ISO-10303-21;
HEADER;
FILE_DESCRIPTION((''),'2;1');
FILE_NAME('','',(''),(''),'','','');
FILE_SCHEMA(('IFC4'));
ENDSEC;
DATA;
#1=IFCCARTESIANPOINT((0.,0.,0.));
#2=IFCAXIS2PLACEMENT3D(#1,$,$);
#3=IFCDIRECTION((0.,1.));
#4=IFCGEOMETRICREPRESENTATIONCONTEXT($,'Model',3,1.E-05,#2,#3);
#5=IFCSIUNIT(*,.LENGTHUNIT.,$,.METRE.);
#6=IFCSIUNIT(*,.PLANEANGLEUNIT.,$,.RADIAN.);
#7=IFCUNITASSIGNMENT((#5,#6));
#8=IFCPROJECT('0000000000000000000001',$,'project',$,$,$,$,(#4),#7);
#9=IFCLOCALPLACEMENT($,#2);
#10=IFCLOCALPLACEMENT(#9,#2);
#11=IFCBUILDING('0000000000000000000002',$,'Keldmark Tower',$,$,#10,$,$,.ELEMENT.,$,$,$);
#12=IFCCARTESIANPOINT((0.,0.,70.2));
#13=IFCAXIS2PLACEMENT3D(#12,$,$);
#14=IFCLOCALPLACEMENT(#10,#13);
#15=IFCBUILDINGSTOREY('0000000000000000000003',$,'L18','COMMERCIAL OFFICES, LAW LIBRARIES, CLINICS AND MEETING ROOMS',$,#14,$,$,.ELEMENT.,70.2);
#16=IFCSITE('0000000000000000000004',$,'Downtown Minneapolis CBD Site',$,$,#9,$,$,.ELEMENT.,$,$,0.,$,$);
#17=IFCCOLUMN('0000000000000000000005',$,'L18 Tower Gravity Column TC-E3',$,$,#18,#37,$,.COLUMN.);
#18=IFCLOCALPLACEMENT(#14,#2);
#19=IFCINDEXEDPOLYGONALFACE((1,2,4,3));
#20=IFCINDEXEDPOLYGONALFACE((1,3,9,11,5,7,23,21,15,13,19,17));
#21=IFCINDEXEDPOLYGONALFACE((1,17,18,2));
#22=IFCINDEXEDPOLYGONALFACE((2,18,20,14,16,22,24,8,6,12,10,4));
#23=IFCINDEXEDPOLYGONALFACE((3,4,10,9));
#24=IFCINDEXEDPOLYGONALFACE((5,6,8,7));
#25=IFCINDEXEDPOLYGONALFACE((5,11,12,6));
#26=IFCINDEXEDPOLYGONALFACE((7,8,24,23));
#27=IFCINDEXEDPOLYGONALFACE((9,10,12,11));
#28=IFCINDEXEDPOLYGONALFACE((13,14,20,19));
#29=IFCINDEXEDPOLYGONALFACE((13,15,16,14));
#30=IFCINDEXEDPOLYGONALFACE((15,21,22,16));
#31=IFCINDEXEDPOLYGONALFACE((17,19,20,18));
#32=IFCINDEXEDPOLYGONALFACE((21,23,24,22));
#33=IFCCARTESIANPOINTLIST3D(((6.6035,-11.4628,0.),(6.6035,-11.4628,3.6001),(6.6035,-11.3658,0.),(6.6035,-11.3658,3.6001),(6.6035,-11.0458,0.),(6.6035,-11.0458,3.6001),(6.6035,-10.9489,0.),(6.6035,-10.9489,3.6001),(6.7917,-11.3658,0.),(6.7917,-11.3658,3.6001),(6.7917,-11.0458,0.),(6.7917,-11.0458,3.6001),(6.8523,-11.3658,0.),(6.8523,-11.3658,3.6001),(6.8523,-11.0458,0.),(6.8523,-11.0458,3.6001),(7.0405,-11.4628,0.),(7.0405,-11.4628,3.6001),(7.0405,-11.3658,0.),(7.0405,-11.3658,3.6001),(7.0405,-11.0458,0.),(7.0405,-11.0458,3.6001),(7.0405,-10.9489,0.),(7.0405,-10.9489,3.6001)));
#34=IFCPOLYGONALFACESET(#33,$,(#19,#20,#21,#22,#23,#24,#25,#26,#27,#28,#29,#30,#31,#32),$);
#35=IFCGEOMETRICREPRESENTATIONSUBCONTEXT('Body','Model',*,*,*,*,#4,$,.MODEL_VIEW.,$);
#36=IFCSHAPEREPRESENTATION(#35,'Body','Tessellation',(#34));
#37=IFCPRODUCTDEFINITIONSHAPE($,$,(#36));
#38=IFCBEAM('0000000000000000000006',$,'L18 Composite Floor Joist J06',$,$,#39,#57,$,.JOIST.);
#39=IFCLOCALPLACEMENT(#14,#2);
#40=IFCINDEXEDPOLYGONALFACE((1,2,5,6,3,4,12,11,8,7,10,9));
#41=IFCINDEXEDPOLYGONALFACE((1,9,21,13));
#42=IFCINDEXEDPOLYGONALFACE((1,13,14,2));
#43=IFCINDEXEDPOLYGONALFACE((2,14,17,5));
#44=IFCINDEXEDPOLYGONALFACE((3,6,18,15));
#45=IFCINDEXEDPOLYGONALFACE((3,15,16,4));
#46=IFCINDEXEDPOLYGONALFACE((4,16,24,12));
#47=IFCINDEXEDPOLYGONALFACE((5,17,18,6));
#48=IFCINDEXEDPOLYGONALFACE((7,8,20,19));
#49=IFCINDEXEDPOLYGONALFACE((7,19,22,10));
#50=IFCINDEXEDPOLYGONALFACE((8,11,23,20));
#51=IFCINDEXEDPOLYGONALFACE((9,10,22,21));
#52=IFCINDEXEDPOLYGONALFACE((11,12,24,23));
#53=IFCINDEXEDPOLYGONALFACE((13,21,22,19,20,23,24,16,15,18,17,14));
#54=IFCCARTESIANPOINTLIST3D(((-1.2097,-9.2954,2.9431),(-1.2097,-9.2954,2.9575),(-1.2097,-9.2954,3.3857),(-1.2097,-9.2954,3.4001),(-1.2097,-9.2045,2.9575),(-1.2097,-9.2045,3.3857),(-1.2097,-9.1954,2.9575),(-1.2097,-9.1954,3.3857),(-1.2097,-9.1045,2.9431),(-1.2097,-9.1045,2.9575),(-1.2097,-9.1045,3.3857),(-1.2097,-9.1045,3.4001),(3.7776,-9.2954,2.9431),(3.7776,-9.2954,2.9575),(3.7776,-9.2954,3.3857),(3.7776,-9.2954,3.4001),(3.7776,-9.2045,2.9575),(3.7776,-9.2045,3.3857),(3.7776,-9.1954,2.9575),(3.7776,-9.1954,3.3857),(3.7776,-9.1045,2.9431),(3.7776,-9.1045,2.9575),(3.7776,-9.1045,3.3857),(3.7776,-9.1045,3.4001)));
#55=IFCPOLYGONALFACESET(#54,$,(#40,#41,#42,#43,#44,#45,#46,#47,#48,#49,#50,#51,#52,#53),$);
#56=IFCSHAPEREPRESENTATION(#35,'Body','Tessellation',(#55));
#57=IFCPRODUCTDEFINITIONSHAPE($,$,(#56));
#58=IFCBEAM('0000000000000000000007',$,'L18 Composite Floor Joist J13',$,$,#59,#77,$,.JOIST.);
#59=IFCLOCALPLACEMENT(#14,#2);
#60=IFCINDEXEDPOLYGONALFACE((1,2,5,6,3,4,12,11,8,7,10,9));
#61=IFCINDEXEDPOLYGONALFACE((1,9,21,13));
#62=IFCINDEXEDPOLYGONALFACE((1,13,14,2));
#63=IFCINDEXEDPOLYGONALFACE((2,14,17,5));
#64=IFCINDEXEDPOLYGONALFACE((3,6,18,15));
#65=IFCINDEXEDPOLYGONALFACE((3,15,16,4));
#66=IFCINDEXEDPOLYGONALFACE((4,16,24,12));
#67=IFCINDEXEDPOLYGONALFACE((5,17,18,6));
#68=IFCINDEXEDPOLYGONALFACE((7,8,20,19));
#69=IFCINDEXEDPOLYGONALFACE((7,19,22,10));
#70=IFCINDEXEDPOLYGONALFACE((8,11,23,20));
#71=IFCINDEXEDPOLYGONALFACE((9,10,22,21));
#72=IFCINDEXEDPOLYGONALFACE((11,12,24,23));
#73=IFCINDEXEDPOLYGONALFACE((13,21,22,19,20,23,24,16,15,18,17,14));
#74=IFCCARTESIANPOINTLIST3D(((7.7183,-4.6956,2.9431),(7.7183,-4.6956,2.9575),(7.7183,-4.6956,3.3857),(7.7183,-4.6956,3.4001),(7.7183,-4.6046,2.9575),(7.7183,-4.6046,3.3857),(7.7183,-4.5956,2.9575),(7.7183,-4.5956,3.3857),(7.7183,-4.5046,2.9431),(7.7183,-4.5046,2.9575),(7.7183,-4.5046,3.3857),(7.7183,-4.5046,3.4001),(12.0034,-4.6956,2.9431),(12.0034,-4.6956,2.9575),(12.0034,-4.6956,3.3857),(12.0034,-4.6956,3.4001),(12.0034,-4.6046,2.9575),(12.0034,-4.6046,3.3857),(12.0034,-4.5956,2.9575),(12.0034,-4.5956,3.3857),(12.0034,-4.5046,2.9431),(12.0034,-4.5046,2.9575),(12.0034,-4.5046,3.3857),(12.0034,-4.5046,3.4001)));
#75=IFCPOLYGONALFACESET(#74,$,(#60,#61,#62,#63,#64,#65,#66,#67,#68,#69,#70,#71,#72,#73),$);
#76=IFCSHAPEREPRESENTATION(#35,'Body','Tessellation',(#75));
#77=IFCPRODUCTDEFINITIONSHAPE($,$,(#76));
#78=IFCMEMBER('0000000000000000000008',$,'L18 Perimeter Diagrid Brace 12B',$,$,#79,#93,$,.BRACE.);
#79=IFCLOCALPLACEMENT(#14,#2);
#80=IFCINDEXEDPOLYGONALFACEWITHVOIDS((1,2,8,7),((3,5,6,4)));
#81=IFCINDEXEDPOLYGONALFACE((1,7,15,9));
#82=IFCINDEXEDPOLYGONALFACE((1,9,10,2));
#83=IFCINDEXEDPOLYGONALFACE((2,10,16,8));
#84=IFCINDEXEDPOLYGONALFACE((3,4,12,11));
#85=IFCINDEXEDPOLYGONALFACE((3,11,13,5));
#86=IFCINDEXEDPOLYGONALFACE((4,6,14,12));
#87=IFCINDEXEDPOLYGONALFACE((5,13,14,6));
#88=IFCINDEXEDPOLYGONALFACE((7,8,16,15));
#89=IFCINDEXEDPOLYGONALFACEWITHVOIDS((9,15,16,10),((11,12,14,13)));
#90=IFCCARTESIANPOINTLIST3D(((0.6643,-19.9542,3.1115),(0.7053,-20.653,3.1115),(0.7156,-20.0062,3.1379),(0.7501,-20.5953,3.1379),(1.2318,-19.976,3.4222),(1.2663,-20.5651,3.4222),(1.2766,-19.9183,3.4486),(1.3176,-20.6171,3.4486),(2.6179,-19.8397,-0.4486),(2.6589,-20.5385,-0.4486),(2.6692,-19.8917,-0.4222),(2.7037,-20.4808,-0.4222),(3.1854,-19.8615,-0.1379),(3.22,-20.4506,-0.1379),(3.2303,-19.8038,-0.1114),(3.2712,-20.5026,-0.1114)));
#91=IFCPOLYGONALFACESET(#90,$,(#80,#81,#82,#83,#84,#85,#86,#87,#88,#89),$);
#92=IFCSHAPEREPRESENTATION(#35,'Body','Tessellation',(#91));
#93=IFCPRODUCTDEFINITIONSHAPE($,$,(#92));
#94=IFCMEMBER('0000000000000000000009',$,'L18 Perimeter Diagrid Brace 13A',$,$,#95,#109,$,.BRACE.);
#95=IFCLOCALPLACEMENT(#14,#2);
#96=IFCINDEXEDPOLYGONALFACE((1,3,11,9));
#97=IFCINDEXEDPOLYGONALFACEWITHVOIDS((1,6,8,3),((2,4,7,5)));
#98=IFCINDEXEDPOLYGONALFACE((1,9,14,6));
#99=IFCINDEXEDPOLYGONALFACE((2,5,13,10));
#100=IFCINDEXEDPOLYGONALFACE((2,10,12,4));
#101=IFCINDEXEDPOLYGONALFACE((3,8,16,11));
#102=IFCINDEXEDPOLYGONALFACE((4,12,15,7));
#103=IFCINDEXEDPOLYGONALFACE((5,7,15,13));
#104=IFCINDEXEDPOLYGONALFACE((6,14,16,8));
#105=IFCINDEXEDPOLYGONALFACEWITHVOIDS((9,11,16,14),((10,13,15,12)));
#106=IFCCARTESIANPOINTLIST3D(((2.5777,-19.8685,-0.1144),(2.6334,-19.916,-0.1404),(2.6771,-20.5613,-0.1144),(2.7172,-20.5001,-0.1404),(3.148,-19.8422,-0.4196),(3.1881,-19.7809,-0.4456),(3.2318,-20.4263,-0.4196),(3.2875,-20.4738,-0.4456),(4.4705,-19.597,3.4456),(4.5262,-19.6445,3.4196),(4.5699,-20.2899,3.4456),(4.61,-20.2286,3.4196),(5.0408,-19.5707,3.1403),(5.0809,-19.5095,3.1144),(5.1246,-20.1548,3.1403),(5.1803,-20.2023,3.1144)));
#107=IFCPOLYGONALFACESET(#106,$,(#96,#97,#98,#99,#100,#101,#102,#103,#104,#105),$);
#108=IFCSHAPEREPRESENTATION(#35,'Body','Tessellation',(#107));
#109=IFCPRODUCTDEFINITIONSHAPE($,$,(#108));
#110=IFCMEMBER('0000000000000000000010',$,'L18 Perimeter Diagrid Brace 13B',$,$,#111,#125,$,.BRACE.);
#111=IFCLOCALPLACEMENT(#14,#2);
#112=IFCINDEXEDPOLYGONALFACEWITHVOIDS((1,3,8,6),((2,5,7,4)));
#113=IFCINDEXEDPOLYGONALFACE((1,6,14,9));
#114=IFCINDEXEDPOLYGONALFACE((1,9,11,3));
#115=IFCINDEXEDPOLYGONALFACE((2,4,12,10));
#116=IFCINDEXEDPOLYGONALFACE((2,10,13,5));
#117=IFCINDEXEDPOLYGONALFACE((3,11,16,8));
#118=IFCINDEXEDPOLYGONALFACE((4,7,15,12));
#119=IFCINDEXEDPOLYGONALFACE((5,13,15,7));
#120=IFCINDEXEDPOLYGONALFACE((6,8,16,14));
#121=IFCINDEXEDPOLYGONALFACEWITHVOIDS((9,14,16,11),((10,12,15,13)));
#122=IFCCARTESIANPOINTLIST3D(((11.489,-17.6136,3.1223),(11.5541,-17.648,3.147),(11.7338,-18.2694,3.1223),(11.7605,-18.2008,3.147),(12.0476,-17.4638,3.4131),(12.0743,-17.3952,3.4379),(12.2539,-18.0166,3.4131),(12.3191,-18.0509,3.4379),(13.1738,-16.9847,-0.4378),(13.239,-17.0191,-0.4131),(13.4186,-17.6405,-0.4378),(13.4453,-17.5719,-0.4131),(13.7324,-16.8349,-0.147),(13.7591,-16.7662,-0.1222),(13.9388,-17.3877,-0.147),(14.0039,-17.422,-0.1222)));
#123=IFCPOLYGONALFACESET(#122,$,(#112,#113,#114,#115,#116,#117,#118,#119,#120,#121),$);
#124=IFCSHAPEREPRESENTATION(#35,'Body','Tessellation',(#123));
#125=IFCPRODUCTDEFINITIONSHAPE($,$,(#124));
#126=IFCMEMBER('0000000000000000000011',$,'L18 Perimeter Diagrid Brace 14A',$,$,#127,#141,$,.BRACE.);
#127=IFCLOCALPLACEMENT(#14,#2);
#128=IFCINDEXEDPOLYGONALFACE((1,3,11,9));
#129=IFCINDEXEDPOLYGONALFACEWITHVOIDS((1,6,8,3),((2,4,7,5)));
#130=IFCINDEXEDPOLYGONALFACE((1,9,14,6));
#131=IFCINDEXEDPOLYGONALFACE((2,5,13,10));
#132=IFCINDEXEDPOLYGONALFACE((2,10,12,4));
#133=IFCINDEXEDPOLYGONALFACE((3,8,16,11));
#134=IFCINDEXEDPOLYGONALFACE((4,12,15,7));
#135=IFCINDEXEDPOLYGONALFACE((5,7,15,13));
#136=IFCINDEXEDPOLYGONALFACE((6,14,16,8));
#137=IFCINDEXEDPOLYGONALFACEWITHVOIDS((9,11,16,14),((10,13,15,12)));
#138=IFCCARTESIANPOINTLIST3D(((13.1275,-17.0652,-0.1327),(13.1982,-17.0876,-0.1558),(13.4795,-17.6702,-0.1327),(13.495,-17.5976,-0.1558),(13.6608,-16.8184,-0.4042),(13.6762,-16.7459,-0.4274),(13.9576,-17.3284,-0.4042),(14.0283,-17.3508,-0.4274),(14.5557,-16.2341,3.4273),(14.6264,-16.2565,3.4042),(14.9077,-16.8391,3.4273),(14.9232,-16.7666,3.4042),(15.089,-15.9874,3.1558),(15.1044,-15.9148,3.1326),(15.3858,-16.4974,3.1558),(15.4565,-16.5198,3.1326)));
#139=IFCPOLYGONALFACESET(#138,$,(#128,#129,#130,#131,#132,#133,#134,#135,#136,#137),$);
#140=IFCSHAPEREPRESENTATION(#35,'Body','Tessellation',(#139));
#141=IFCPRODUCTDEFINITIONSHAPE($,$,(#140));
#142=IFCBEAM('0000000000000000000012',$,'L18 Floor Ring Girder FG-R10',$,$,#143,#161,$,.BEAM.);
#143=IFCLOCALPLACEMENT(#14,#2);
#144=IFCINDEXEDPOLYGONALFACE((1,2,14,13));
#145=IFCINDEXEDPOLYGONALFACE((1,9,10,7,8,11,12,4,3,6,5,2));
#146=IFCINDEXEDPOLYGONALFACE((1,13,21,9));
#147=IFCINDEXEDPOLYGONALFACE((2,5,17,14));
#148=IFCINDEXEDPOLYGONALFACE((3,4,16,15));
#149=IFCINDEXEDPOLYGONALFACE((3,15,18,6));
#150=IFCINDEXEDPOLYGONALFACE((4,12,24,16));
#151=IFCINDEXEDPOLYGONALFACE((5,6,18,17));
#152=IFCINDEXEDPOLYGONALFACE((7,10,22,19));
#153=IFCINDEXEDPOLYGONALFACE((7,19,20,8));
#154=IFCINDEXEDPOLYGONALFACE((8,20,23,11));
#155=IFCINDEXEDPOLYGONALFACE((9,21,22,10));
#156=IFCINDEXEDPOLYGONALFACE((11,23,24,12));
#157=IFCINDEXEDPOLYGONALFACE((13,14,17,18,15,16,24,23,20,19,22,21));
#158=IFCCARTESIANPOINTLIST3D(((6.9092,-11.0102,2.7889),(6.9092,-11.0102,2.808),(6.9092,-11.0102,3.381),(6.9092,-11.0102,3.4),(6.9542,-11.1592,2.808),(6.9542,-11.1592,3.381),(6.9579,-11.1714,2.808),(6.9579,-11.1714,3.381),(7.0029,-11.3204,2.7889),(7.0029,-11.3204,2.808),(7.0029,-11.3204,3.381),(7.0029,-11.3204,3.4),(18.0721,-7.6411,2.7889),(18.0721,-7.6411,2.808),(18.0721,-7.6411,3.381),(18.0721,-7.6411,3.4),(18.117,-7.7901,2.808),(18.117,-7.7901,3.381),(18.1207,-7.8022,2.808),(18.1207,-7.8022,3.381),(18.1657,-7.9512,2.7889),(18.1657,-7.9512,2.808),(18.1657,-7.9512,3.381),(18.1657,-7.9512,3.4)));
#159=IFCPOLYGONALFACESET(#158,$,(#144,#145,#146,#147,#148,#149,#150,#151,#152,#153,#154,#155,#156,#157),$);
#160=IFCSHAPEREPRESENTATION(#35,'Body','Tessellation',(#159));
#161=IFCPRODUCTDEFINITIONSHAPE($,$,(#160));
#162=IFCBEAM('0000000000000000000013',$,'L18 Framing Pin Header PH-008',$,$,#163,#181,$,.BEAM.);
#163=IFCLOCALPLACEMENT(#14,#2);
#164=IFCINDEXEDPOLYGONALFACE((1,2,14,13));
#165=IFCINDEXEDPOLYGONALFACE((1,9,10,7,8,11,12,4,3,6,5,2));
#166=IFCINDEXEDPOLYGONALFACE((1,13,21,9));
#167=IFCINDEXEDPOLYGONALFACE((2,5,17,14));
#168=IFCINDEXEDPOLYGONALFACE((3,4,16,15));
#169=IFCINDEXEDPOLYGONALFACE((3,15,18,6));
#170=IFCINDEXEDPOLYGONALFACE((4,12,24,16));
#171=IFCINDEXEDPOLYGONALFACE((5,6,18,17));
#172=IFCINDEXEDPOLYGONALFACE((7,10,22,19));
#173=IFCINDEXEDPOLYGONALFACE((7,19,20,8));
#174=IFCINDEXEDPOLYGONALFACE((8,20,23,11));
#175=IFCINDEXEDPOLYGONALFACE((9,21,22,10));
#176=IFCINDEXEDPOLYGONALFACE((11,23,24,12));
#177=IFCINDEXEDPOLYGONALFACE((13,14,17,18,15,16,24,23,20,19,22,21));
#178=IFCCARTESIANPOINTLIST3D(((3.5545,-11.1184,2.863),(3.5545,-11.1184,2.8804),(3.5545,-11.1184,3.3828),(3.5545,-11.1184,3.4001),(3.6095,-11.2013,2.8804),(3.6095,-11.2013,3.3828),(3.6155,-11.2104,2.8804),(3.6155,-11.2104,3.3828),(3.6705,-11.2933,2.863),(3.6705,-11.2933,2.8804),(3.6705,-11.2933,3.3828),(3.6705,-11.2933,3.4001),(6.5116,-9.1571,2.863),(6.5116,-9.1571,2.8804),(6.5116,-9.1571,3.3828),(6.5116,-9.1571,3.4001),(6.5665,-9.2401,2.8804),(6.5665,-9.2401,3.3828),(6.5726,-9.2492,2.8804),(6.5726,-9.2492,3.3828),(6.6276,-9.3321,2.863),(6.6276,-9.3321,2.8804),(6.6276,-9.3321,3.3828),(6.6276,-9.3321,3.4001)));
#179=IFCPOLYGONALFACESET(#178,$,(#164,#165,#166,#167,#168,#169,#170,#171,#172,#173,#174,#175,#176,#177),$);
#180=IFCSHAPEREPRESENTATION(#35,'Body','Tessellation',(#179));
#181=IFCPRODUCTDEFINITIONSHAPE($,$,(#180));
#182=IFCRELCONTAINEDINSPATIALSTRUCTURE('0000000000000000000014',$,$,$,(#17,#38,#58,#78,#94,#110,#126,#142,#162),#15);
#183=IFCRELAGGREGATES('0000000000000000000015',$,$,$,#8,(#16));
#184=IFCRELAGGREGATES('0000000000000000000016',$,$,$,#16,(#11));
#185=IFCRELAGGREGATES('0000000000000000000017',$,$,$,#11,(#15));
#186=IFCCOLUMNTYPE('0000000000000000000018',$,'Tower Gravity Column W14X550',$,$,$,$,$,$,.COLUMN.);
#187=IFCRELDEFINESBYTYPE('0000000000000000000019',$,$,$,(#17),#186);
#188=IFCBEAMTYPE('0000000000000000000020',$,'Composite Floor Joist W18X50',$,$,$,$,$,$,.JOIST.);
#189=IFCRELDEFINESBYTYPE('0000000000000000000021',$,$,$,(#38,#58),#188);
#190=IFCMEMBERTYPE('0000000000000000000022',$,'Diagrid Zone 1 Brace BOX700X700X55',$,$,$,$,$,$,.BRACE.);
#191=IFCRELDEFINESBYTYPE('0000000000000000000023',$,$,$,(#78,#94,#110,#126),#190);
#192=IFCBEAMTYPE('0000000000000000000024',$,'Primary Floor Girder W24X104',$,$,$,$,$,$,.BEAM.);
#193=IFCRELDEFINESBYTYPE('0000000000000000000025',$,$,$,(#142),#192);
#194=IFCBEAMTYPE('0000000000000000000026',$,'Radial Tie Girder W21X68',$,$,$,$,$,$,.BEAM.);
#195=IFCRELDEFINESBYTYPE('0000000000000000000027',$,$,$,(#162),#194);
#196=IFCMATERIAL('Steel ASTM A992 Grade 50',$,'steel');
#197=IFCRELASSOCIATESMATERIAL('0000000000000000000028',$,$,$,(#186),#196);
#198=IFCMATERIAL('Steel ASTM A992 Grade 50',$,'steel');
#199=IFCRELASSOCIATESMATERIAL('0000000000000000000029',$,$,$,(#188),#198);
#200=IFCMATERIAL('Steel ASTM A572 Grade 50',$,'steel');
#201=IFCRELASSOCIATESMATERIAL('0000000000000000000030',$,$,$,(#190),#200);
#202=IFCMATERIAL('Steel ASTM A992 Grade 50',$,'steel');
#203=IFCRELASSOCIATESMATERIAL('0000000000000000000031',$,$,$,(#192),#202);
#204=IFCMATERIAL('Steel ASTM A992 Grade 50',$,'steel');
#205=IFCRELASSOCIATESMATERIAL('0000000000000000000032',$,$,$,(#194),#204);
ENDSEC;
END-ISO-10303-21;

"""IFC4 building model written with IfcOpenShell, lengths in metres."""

from ifc_helpers import new_model, si_unit, direction, frame, origin, origin_2d, place, context, subcontext, project, spatial, hollow_rectangle, i_section, extrude, material, material_profile, profile_set, type_object, element, save


model = new_model("IFC4")

# Units and contexts
model_context = context("Model", 3, precision=1e-05, world=origin(), true_north=direction((0.0, 1.0)))
body_context = subcontext(model_context, "Body", "Model", "MODEL_VIEW")
ifc_project = project(units=[si_unit("LENGTHUNIT", "METRE"), si_unit("PLANEANGLEUNIT", "RADIAN")], contexts=[model_context])

# Site, building, storey
site_placement = place(None, origin())
site = spatial("IfcSite", under=ifc_project, at=site_placement, Name="Downtown Minneapolis CBD Site", CompositionType="ELEMENT", RefElevation=0.0)
building_placement = place(site_placement, origin())
building = spatial("IfcBuilding", under=site, at=building_placement, Name="Keldmark Tower", CompositionType="ELEMENT")
storey_placement = place(building_placement, frame((0.0, 0.0, 70.2)))
storey = spatial("IfcBuildingStorey", under=building, at=storey_placement, Name="L18", Description="COMMERCIAL OFFICES, LAW LIBRARIES, CLINICS AND MEETING ROOMS", CompositionType="ELEMENT", Elevation=70.2)

# Column
ifc_material_1 = material(Name="Steel ASTM A992 Grade 50", Category="steel")
ifc_material_profile_1 = material_profile(ifc_material_1, i_section(OverallWidth=0.437, OverallDepth=0.5139, WebThickness=0.0605, FlangeThickness=0.0969, at=origin_2d()), Name="W14X550")
ifc_profile_set_1 = profile_set([ifc_material_profile_1], Name="Steel ASTM A992 Grade 50")
column_type = type_object("IfcColumnType", Name="Tower Gravity Column W14X550", PredefinedType="COLUMN", material=ifc_profile_set_1)
column_placement = place(storey_placement, frame((6.822, -11.2058, 0.0), z_axis=(0.0, 0.0, 1.0), x_axis=(1.0, 0.0, 0.0)))
element("IfcColumn", 1, at=column_placement, inside=storey, type_object=column_type, Name="L18 Tower Gravity Column TC-E3", PredefinedType="COLUMN", context=body_context, shape_type="SweptSolid", body=[
    extrude(i_section(OverallWidth=0.437, OverallDepth=0.5139, WebThickness=0.0605, FlangeThickness=0.0969, at=origin_2d()), origin(), (0.0, 0.0, 1.0), 3.6001),
])

# Beams
ifc_material_2 = material(Name="Steel ASTM A992 Grade 50", Category="steel")
ifc_material_profile_2 = material_profile(ifc_material_2, i_section(OverallWidth=0.1909, OverallDepth=0.457, WebThickness=0.009, FlangeThickness=0.0144, at=origin_2d()), Name="W18X50")
ifc_profile_set_2 = profile_set([ifc_material_profile_2], Name="Steel ASTM A992 Grade 50")
beam_type_1 = type_object("IfcBeamType", Name="Composite Floor Joist W18X50", PredefinedType="JOIST", material=ifc_profile_set_2)
beam_1_placement = place(storey_placement, frame((-1.2097, -9.2, 3.1716), z_axis=(1.0, 0.0, 0.0), x_axis=(0.0, 1.0, 0.0)))
element("IfcBeam", 2, at=beam_1_placement, inside=storey, type_object=beam_type_1, Name="L18 Composite Floor Joist J06", PredefinedType="JOIST", context=body_context, shape_type="SweptSolid", body=[
    extrude(i_section(OverallWidth=0.1909, OverallDepth=0.457, WebThickness=0.009, FlangeThickness=0.0144, at=origin_2d()), origin(), (0.0, 0.0, 1.0), 4.9873),
])
beam_2_placement = place(storey_placement, frame((7.7183, -4.6001, 3.1716), z_axis=(1.0, 0.0, 0.0), x_axis=(0.0, 1.0, 0.0)))
element("IfcBeam", 3, at=beam_2_placement, inside=storey, type_object=beam_type_1, Name="L18 Composite Floor Joist J13", PredefinedType="JOIST", context=body_context, shape_type="SweptSolid", body=[
    extrude(i_section(OverallWidth=0.1909, OverallDepth=0.457, WebThickness=0.009, FlangeThickness=0.0144, at=origin_2d()), origin(), (0.0, 0.0, 1.0), 4.2852),
])

# Members
ifc_material_3 = material(Name="Steel ASTM A572 Grade 50", Category="steel")
ifc_material_profile_3 = material_profile(ifc_material_3, hollow_rectangle(XDim=0.7, YDim=0.7, WallThickness=0.0549, at=origin_2d()), Name="BOX700X700X55")
ifc_profile_set_3 = profile_set([ifc_material_profile_3], Name="Steel ASTM A572 Grade 50")
member_type = type_object("IfcMemberType", Name="Diagrid Zone 1 Brace BOX700X700X55", PredefinedType="BRACE", material=ifc_profile_set_3)
member_1_placement = place(storey_placement, frame((2.9446, -20.1711, -0.28), z_axis=(-0.480892, -0.028185, 0.876327), x_axis=(0.05851, -0.998287, 0.0)))
element("IfcMember", 4, at=member_1_placement, inside=storey, type_object=member_type, Name="L18 Perimeter Diagrid Brace 12B", PredefinedType="BRACE", context=body_context, shape_type="SweptSolid", body=[
    extrude(hollow_rectangle(XDim=0.7, YDim=0.7, WallThickness=0.0549, at=origin_2d()), origin(), (0.0, 0.0, 1.0), 4.0625),
])
member_2_placement = place(storey_placement, frame((2.9326, -20.1711, -0.28), z_axis=(0.468393, 0.067181, 0.880963), x_axis=(-0.141975, 0.98987, 0.0)))
element("IfcMember", 5, at=member_2_placement, inside=storey, type_object=member_type, Name="L18 Perimeter Diagrid Brace 13A", PredefinedType="BRACE", context=body_context, shape_type="SweptSolid", body=[
    extrude(hollow_rectangle(XDim=0.7, YDim=0.7, WallThickness=0.0549, at=origin_2d()), origin(), (0.0, 0.0, 1.0), 4.041),
])
member_3_placement = place(storey_placement, frame((13.5889, -17.2034, -0.28), z_axis=(-0.422418, -0.15768, 0.892581), x_axis=(0.34971, -0.936858, 0.0)))
element("IfcMember", 6, at=member_3_placement, inside=storey, type_object=member_type, Name="L18 Perimeter Diagrid Brace 13B", PredefinedType="BRACE", context=body_context, shape_type="SweptSolid", body=[
    extrude(hollow_rectangle(XDim=0.7, YDim=0.7, WallThickness=0.0549, at=origin_2d()), origin(), (0.0, 0.0, 1.0), 3.9885),
])
member_4_placement = place(storey_placement, frame((13.5779, -17.208, -0.28), z_axis=(0.363892, 0.211741, 0.907055), x_axis=(-0.502934, 0.864325, 0.0)))
element("IfcMember", 7, at=member_4_placement, inside=storey, type_object=member_type, Name="L18 Perimeter Diagrid Brace 14A", PredefinedType="BRACE", context=body_context, shape_type="SweptSolid", body=[
    extrude(hollow_rectangle(XDim=0.7, YDim=0.7, WallThickness=0.0549, at=origin_2d()), origin(), (0.0, 0.0, 1.0), 3.9248),
])

# Beams
ifc_material_4 = material(Name="Steel ASTM A992 Grade 50", Category="steel")
ifc_material_profile_4 = material_profile(ifc_material_4, i_section(OverallWidth=0.324, OverallDepth=0.6111, WebThickness=0.0127, FlangeThickness=0.019, at=origin_2d()), Name="W24X104")
ifc_profile_set_4 = profile_set([ifc_material_profile_4], Name="Steel ASTM A992 Grade 50")
beam_type_2 = type_object("IfcBeamType", Name="Primary Floor Girder W24X104", PredefinedType="BEAM", material=ifc_profile_set_4)
beam_3_placement = place(storey_placement, frame((6.9561, -11.1653, 3.0945), z_axis=(0.957346, 0.288944, 0.0), x_axis=(-0.288944, 0.957346, 0.0)))
element("IfcBeam", 8, at=beam_3_placement, inside=storey, type_object=beam_type_2, Name="L18 Floor Ring Girder FG-R10", PredefinedType="BEAM", context=body_context, shape_type="SweptSolid", body=[
    extrude(i_section(OverallWidth=0.324, OverallDepth=0.6111, WebThickness=0.0127, FlangeThickness=0.019, at=origin_2d()), origin(), (0.0, 0.0, 1.0), 11.6602),
])
ifc_material_5 = material(Name="Steel ASTM A992 Grade 50", Category="steel")
ifc_material_profile_5 = material_profile(ifc_material_5, i_section(OverallWidth=0.21, OverallDepth=0.5371, WebThickness=0.011, FlangeThickness=0.0173, at=origin_2d()), Name="W21X68")
ifc_profile_set_5 = profile_set([ifc_material_profile_5], Name="Steel ASTM A992 Grade 50")
beam_type_3 = type_object("IfcBeamType", Name="Radial Tie Girder W21X68", PredefinedType="BEAM", material=ifc_profile_set_5)
beam_4_placement = place(storey_placement, frame((6.5696, -9.2446, 3.1316), z_axis=(-0.833371, -0.552714, 0.0), x_axis=(0.552714, -0.833371, 0.0)))
element("IfcBeam", 9, at=beam_4_placement, inside=storey, type_object=beam_type_3, Name="L18 Framing Pin Header PH-008", PredefinedType="BEAM", context=body_context, shape_type="SweptSolid", body=[
    extrude(i_section(OverallWidth=0.21, OverallDepth=0.5371, WebThickness=0.011, FlangeThickness=0.0173, at=origin_2d()), origin(), (0.0, 0.0, 1.0), 3.5483),
])

save(model, "model.ifc")
